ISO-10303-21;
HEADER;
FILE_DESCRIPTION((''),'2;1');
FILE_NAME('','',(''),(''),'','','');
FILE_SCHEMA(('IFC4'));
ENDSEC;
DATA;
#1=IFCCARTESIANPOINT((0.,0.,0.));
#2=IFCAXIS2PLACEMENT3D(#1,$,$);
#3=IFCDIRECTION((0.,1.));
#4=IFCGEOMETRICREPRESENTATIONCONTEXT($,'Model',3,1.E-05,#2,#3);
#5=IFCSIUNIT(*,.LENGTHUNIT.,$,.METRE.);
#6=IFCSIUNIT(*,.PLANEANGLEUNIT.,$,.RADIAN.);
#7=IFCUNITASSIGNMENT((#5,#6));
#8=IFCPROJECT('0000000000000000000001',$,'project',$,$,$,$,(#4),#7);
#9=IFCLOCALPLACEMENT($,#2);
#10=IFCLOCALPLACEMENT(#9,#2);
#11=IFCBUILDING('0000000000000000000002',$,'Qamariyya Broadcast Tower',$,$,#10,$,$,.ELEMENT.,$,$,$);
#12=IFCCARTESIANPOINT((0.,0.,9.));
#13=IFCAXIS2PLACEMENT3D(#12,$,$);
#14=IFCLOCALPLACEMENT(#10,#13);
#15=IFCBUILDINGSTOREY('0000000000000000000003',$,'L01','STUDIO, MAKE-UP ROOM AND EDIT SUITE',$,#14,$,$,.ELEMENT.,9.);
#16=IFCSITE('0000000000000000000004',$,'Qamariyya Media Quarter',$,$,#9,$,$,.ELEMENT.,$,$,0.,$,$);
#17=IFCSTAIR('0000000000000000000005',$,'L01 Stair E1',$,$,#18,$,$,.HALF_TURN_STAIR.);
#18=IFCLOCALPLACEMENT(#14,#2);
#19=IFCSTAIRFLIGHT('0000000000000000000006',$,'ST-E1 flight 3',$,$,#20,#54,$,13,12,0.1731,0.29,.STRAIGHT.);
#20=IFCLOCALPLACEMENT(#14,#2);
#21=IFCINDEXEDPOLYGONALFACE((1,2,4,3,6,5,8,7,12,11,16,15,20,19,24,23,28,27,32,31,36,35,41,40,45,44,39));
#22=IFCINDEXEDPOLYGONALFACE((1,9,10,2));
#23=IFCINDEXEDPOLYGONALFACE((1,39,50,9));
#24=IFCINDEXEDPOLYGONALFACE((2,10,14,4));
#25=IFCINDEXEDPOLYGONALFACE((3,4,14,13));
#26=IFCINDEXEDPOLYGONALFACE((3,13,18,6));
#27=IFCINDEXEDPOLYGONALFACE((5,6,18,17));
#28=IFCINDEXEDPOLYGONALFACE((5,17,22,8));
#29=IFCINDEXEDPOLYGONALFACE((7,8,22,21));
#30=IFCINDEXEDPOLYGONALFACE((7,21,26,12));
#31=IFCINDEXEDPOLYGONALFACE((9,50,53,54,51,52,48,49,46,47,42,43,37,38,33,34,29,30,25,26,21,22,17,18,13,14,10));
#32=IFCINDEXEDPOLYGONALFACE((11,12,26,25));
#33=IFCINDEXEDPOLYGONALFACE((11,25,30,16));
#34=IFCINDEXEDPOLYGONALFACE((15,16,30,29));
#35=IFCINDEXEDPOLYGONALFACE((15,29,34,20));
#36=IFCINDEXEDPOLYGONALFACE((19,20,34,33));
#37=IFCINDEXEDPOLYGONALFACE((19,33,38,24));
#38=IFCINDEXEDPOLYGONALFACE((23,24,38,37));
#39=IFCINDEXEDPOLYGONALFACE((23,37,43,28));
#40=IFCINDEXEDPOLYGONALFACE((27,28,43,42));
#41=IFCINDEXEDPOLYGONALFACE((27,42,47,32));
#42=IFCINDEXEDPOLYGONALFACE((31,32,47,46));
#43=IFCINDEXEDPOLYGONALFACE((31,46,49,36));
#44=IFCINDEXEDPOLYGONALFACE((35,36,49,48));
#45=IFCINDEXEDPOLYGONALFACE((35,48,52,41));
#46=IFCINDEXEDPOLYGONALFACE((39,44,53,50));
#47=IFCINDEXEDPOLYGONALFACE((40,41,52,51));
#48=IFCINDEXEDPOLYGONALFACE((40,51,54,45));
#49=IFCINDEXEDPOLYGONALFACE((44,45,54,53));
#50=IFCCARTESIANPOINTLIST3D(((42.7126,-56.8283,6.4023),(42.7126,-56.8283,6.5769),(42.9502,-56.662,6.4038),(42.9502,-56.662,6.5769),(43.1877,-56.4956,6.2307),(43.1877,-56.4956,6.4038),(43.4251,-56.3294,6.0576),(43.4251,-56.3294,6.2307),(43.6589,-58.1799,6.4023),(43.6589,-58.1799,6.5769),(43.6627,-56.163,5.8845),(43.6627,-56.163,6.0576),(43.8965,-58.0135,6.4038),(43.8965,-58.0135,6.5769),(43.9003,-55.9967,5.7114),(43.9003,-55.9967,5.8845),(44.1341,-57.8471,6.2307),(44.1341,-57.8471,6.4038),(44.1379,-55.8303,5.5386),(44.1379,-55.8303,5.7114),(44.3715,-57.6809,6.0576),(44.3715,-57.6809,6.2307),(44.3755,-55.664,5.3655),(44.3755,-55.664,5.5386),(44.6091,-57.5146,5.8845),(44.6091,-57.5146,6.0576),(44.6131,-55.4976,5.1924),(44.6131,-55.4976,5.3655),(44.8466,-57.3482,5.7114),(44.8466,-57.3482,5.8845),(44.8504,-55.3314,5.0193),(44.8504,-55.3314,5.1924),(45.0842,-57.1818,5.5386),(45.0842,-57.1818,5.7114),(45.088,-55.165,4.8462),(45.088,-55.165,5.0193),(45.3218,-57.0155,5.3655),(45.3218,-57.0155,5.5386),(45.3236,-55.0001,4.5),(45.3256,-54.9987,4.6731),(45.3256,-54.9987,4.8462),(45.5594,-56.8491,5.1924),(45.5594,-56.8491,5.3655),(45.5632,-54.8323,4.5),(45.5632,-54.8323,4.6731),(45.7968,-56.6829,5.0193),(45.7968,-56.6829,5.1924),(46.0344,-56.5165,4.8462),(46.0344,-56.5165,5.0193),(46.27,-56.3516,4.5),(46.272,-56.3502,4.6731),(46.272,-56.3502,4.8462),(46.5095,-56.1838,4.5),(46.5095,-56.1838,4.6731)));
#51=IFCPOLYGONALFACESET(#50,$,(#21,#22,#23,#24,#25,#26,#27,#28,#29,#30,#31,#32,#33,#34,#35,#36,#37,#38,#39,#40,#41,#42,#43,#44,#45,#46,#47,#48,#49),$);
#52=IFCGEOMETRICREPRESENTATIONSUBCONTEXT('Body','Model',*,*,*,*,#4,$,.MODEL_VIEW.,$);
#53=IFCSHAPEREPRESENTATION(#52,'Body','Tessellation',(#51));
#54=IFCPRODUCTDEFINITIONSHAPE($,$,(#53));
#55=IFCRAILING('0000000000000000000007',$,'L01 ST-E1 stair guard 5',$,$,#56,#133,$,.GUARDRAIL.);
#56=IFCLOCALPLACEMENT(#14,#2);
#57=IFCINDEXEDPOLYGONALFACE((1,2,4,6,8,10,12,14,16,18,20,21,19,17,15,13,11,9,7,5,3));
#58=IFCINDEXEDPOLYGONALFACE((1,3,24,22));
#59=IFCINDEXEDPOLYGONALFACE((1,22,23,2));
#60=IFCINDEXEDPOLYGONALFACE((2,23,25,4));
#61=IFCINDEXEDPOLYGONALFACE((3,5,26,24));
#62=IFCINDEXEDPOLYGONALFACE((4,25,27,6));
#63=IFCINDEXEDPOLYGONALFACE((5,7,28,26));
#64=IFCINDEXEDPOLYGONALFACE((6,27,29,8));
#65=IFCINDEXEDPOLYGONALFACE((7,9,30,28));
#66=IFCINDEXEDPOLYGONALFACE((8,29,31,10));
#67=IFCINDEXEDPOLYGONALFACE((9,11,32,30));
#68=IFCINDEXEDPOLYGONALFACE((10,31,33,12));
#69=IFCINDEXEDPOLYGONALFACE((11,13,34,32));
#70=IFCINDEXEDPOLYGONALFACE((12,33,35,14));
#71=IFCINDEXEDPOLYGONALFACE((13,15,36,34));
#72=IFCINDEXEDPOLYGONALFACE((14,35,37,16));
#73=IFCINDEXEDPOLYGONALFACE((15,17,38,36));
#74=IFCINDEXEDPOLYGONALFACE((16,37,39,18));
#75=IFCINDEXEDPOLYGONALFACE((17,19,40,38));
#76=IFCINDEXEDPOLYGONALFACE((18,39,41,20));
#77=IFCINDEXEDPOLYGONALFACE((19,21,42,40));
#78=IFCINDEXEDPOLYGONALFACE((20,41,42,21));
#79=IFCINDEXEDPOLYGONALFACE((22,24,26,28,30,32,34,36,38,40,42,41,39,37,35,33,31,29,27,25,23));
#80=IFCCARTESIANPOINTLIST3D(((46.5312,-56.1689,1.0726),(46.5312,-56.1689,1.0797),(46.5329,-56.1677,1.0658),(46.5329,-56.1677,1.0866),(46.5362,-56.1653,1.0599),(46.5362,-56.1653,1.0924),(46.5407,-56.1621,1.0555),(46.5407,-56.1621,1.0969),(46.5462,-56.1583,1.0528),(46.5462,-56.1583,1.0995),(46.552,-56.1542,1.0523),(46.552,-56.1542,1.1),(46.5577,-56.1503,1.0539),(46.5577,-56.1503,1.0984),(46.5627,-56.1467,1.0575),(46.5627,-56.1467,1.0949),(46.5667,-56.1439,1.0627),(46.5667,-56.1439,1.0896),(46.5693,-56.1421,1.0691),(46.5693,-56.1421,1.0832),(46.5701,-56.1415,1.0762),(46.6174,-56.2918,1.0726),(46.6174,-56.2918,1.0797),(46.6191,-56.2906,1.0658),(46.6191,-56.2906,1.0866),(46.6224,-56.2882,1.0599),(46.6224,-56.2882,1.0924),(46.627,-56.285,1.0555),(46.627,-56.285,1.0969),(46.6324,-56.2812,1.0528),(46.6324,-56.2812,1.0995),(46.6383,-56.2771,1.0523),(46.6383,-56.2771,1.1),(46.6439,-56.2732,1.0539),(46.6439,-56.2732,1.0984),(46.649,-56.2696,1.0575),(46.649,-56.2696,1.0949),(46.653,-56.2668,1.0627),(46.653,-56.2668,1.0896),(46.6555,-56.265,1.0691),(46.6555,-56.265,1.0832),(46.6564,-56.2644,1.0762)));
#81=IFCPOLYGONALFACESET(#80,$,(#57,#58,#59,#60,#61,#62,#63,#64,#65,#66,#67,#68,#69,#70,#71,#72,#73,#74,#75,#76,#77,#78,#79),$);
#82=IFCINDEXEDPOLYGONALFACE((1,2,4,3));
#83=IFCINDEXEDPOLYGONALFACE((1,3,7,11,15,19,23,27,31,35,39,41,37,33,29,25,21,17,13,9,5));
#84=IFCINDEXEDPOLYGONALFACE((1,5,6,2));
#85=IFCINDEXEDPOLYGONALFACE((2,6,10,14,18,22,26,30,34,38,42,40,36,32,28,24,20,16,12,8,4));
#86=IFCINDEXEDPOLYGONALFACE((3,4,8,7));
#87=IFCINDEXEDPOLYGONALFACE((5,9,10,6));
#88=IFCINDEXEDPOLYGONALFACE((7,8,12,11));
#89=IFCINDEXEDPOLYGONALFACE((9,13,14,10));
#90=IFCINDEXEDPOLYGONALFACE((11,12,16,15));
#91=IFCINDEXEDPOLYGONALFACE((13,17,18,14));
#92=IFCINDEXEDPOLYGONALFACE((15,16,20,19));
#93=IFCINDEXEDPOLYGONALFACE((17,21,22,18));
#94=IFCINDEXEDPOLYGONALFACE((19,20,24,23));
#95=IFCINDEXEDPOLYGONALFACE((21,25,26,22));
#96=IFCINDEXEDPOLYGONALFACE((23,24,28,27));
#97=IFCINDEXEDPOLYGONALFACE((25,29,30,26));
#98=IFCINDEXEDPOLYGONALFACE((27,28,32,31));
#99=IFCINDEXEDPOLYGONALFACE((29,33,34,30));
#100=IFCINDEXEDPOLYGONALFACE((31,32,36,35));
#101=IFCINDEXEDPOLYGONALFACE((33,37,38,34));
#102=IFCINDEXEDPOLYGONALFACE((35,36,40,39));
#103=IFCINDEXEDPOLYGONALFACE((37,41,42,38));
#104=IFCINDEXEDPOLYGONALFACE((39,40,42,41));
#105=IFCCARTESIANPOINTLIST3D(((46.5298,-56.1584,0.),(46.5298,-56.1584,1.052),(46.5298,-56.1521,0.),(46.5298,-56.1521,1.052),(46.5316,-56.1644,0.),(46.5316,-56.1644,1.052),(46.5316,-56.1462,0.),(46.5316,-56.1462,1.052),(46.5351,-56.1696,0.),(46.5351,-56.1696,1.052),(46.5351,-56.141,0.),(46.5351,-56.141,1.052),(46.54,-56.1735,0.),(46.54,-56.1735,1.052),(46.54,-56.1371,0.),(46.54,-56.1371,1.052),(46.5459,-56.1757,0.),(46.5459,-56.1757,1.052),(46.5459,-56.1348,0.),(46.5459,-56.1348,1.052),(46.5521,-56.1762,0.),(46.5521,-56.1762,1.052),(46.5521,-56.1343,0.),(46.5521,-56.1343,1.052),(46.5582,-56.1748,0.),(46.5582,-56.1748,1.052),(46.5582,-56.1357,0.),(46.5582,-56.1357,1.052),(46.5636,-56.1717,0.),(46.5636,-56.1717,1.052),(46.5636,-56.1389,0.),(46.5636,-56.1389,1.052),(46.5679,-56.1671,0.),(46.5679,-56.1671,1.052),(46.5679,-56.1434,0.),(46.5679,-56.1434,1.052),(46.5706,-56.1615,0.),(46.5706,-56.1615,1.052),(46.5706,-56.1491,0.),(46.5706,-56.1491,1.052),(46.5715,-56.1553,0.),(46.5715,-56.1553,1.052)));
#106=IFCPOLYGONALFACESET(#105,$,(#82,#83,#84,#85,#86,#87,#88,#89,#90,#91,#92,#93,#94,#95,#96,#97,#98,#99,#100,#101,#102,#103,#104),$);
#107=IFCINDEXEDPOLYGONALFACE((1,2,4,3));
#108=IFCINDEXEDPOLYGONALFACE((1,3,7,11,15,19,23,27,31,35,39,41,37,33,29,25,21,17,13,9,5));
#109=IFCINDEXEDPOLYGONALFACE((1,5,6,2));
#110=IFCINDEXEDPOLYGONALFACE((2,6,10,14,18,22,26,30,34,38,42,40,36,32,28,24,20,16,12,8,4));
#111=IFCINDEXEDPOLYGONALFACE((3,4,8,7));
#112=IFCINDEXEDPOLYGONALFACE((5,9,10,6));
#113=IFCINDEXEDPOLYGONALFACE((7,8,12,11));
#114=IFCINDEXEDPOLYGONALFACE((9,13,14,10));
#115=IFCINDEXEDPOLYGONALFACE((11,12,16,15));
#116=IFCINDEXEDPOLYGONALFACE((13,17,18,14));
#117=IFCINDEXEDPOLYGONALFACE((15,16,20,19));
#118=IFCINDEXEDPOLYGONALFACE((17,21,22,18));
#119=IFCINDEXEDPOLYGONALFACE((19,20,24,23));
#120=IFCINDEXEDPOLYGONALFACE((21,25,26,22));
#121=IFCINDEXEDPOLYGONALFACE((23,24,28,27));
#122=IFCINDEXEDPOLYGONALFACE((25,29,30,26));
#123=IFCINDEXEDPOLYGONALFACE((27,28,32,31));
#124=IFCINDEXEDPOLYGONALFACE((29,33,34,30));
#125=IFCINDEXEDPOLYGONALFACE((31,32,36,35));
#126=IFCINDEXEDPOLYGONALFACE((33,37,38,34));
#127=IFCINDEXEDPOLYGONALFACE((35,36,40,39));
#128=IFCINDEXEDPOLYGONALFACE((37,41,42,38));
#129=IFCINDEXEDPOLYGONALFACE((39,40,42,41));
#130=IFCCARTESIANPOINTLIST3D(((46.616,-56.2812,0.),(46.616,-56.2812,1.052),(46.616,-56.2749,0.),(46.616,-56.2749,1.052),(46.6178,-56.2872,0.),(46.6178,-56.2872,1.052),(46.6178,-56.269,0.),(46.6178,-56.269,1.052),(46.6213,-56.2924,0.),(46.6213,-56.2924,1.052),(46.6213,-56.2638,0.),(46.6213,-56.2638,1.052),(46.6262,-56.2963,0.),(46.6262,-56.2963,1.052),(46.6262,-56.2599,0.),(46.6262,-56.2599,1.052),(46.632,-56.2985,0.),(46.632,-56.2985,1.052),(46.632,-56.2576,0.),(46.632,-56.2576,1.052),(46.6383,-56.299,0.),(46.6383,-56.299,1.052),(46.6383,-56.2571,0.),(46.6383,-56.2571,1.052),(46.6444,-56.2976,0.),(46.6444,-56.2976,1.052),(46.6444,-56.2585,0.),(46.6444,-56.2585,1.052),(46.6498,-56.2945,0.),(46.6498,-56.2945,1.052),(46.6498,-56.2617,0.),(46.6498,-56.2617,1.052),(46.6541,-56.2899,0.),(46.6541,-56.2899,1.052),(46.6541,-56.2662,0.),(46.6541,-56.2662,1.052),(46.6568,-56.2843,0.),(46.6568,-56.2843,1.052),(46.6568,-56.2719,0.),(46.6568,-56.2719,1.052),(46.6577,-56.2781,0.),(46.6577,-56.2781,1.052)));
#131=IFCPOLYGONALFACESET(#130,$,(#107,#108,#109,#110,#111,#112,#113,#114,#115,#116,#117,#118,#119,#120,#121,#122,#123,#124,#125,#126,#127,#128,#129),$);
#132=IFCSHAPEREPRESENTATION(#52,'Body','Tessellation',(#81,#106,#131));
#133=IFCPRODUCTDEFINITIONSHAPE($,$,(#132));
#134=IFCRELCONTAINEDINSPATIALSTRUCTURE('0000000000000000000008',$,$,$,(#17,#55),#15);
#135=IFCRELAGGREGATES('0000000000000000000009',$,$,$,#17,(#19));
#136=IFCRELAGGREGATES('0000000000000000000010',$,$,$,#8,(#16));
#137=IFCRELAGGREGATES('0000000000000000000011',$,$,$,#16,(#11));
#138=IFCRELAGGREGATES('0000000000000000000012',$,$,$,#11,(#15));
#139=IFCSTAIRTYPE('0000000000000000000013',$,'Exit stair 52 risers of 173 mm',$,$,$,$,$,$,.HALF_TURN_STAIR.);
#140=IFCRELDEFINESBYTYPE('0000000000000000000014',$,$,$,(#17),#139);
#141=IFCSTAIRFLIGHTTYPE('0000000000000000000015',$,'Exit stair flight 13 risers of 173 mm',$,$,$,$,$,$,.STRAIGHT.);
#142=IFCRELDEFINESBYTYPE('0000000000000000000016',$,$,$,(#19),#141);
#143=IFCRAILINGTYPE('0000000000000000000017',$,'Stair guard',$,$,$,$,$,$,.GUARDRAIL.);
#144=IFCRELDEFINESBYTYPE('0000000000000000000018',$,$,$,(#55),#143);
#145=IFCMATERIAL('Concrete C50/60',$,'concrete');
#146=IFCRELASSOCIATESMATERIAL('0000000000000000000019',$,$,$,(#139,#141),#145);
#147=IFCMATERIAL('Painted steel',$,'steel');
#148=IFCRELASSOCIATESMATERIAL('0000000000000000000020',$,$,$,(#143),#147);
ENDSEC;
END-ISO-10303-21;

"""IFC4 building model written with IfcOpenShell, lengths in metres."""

from ifc_helpers import new_model, si_unit, direction, frame, origin, origin_2d, place, context, subcontext, project, spatial, polyline, circle, outline, extrude, material, type_object, element, aggregate, save


model = new_model("IFC4")

# Units and contexts
model_context = context("Model", 3, precision=1e-05, world=origin(), true_north=direction((0.0, 1.0)))
body_context = subcontext(model_context, "Body", "Model", "MODEL_VIEW")
ifc_project = project(units=[si_unit("LENGTHUNIT", "METRE"), si_unit("PLANEANGLEUNIT", "RADIAN")], contexts=[model_context])

# Site, building, storey
site_placement = place(None, origin())
site = spatial("IfcSite", under=ifc_project, at=site_placement, Name="Qamariyya Media Quarter", CompositionType="ELEMENT", RefElevation=0.0)
building_placement = place(site_placement, origin())
building = spatial("IfcBuilding", under=site, at=building_placement, Name="Qamariyya Broadcast Tower", CompositionType="ELEMENT")
storey_placement = place(building_placement, frame((0.0, 0.0, 9.0)))
storey = spatial("IfcBuildingStorey", under=building, at=storey_placement, Name="L01", Description="STUDIO, MAKE-UP ROOM AND EDIT SUITE", CompositionType="ELEMENT", Elevation=9.0)

# Shared definitions
ifc_material_1 = material(Name="Concrete C50/60", Category="concrete")

# Stair, stair flight
stair_type = type_object("IfcStairType", Name="Exit stair 52 risers of 173 mm", PredefinedType="HALF_TURN_STAIR", material=ifc_material_1)
stair_placement = place(storey_placement, origin())
stair = element("IfcStair", 1, at=stair_placement, inside=storey, type_object=stair_type, Name="L01 Stair E1", PredefinedType="HALF_TURN_STAIR")
stair_flight_type = type_object("IfcStairFlightType", Name="Exit stair flight 13 risers of 173 mm", PredefinedType="STRAIGHT", material=ifc_material_1)
stair_flight_1_placement = place(storey_placement, frame((46.0364, -55.5081, 4.5), z_axis=(0.0, 0.0, 1.0), x_axis=(-0.819152, -0.573576, 0.0)))
stair_flight_1 = element("IfcStairFlight", 2, at=stair_flight_1_placement, type_object=stair_flight_type, Name="ST-E1 flight 3", NumberOfRisers=13, NumberOfTreads=12, PredefinedType="STRAIGHT", RiserHeight=0.1731, TreadLength=0.29, context=body_context, shape_type="SweptSolid", body=[
    extrude(outline(polyline([(0.0, 0.0), (0.0, 0.1731), (0.29, 0.1731), (0.29, 0.3462), (0.5801, 0.3462), (0.5801, 0.5193), (0.8701, 0.5193), (0.8701, 0.6924), (1.1599, 0.6924), (1.1599, 0.8655), (1.45, 0.8655), (1.45, 1.0386), (1.74, 1.0386), (1.74, 1.2114), (2.03, 1.2114), (2.03, 1.3845), (2.3201, 1.3845), (2.3201, 1.5576), (2.6101, 1.5576), (2.6101, 1.7307), (2.8999, 1.7307), (2.8999, 1.9038), (3.1899, 1.9038), (3.1899, 2.0769), (3.48, 2.0769), (3.48, 2.25), (3.48, 1.9023), (0.2925, 0.0), (0.0, 0.0)])), frame((0.0, 0.825, 0.0), z_axis=(0.0, -1.0, 0.0), x_axis=(1.0, 0.0, 0.0)), (0.0, 0.0, 1.0), 1.6499),
])
aggregate(stair, [stair_flight_1])

# Railing
ifc_material_2 = material(Name="Painted steel", Category="steel")
railing_type_1 = type_object("IfcRailingType", Name="Stair guard", PredefinedType="GUARDRAIL", material=ifc_material_2)
railing_1_placement = place(storey_placement, frame((46.5505, -56.1553, 0.0)))
element("IfcRailing", 3, at=railing_1_placement, inside=storey, type_object=railing_type_1, Name="L01 ST-E1 stair guard 5", PredefinedType="GUARDRAIL", context=body_context, shape_type="SweptSolid", body=[
    extrude(circle(Radius=0.0239, at=origin_2d()), frame((0.0, 0.0, 1.0762), z_axis=(0.574445, -0.818543, 0.0), x_axis=(0.818543, 0.574445, 0.0)), (0.0, 0.0, 1.0), 0.1501),
    extrude(circle(Radius=0.021, at=origin_2d()), origin(), (0.0, 0.0, 1.0), 1.052),
    extrude(circle(Radius=0.021, at=origin_2d()), frame((0.0862, -0.1228, 0.0)), (0.0, 0.0, 1.0), 1.052),
])

save(model, "model.ifc")
